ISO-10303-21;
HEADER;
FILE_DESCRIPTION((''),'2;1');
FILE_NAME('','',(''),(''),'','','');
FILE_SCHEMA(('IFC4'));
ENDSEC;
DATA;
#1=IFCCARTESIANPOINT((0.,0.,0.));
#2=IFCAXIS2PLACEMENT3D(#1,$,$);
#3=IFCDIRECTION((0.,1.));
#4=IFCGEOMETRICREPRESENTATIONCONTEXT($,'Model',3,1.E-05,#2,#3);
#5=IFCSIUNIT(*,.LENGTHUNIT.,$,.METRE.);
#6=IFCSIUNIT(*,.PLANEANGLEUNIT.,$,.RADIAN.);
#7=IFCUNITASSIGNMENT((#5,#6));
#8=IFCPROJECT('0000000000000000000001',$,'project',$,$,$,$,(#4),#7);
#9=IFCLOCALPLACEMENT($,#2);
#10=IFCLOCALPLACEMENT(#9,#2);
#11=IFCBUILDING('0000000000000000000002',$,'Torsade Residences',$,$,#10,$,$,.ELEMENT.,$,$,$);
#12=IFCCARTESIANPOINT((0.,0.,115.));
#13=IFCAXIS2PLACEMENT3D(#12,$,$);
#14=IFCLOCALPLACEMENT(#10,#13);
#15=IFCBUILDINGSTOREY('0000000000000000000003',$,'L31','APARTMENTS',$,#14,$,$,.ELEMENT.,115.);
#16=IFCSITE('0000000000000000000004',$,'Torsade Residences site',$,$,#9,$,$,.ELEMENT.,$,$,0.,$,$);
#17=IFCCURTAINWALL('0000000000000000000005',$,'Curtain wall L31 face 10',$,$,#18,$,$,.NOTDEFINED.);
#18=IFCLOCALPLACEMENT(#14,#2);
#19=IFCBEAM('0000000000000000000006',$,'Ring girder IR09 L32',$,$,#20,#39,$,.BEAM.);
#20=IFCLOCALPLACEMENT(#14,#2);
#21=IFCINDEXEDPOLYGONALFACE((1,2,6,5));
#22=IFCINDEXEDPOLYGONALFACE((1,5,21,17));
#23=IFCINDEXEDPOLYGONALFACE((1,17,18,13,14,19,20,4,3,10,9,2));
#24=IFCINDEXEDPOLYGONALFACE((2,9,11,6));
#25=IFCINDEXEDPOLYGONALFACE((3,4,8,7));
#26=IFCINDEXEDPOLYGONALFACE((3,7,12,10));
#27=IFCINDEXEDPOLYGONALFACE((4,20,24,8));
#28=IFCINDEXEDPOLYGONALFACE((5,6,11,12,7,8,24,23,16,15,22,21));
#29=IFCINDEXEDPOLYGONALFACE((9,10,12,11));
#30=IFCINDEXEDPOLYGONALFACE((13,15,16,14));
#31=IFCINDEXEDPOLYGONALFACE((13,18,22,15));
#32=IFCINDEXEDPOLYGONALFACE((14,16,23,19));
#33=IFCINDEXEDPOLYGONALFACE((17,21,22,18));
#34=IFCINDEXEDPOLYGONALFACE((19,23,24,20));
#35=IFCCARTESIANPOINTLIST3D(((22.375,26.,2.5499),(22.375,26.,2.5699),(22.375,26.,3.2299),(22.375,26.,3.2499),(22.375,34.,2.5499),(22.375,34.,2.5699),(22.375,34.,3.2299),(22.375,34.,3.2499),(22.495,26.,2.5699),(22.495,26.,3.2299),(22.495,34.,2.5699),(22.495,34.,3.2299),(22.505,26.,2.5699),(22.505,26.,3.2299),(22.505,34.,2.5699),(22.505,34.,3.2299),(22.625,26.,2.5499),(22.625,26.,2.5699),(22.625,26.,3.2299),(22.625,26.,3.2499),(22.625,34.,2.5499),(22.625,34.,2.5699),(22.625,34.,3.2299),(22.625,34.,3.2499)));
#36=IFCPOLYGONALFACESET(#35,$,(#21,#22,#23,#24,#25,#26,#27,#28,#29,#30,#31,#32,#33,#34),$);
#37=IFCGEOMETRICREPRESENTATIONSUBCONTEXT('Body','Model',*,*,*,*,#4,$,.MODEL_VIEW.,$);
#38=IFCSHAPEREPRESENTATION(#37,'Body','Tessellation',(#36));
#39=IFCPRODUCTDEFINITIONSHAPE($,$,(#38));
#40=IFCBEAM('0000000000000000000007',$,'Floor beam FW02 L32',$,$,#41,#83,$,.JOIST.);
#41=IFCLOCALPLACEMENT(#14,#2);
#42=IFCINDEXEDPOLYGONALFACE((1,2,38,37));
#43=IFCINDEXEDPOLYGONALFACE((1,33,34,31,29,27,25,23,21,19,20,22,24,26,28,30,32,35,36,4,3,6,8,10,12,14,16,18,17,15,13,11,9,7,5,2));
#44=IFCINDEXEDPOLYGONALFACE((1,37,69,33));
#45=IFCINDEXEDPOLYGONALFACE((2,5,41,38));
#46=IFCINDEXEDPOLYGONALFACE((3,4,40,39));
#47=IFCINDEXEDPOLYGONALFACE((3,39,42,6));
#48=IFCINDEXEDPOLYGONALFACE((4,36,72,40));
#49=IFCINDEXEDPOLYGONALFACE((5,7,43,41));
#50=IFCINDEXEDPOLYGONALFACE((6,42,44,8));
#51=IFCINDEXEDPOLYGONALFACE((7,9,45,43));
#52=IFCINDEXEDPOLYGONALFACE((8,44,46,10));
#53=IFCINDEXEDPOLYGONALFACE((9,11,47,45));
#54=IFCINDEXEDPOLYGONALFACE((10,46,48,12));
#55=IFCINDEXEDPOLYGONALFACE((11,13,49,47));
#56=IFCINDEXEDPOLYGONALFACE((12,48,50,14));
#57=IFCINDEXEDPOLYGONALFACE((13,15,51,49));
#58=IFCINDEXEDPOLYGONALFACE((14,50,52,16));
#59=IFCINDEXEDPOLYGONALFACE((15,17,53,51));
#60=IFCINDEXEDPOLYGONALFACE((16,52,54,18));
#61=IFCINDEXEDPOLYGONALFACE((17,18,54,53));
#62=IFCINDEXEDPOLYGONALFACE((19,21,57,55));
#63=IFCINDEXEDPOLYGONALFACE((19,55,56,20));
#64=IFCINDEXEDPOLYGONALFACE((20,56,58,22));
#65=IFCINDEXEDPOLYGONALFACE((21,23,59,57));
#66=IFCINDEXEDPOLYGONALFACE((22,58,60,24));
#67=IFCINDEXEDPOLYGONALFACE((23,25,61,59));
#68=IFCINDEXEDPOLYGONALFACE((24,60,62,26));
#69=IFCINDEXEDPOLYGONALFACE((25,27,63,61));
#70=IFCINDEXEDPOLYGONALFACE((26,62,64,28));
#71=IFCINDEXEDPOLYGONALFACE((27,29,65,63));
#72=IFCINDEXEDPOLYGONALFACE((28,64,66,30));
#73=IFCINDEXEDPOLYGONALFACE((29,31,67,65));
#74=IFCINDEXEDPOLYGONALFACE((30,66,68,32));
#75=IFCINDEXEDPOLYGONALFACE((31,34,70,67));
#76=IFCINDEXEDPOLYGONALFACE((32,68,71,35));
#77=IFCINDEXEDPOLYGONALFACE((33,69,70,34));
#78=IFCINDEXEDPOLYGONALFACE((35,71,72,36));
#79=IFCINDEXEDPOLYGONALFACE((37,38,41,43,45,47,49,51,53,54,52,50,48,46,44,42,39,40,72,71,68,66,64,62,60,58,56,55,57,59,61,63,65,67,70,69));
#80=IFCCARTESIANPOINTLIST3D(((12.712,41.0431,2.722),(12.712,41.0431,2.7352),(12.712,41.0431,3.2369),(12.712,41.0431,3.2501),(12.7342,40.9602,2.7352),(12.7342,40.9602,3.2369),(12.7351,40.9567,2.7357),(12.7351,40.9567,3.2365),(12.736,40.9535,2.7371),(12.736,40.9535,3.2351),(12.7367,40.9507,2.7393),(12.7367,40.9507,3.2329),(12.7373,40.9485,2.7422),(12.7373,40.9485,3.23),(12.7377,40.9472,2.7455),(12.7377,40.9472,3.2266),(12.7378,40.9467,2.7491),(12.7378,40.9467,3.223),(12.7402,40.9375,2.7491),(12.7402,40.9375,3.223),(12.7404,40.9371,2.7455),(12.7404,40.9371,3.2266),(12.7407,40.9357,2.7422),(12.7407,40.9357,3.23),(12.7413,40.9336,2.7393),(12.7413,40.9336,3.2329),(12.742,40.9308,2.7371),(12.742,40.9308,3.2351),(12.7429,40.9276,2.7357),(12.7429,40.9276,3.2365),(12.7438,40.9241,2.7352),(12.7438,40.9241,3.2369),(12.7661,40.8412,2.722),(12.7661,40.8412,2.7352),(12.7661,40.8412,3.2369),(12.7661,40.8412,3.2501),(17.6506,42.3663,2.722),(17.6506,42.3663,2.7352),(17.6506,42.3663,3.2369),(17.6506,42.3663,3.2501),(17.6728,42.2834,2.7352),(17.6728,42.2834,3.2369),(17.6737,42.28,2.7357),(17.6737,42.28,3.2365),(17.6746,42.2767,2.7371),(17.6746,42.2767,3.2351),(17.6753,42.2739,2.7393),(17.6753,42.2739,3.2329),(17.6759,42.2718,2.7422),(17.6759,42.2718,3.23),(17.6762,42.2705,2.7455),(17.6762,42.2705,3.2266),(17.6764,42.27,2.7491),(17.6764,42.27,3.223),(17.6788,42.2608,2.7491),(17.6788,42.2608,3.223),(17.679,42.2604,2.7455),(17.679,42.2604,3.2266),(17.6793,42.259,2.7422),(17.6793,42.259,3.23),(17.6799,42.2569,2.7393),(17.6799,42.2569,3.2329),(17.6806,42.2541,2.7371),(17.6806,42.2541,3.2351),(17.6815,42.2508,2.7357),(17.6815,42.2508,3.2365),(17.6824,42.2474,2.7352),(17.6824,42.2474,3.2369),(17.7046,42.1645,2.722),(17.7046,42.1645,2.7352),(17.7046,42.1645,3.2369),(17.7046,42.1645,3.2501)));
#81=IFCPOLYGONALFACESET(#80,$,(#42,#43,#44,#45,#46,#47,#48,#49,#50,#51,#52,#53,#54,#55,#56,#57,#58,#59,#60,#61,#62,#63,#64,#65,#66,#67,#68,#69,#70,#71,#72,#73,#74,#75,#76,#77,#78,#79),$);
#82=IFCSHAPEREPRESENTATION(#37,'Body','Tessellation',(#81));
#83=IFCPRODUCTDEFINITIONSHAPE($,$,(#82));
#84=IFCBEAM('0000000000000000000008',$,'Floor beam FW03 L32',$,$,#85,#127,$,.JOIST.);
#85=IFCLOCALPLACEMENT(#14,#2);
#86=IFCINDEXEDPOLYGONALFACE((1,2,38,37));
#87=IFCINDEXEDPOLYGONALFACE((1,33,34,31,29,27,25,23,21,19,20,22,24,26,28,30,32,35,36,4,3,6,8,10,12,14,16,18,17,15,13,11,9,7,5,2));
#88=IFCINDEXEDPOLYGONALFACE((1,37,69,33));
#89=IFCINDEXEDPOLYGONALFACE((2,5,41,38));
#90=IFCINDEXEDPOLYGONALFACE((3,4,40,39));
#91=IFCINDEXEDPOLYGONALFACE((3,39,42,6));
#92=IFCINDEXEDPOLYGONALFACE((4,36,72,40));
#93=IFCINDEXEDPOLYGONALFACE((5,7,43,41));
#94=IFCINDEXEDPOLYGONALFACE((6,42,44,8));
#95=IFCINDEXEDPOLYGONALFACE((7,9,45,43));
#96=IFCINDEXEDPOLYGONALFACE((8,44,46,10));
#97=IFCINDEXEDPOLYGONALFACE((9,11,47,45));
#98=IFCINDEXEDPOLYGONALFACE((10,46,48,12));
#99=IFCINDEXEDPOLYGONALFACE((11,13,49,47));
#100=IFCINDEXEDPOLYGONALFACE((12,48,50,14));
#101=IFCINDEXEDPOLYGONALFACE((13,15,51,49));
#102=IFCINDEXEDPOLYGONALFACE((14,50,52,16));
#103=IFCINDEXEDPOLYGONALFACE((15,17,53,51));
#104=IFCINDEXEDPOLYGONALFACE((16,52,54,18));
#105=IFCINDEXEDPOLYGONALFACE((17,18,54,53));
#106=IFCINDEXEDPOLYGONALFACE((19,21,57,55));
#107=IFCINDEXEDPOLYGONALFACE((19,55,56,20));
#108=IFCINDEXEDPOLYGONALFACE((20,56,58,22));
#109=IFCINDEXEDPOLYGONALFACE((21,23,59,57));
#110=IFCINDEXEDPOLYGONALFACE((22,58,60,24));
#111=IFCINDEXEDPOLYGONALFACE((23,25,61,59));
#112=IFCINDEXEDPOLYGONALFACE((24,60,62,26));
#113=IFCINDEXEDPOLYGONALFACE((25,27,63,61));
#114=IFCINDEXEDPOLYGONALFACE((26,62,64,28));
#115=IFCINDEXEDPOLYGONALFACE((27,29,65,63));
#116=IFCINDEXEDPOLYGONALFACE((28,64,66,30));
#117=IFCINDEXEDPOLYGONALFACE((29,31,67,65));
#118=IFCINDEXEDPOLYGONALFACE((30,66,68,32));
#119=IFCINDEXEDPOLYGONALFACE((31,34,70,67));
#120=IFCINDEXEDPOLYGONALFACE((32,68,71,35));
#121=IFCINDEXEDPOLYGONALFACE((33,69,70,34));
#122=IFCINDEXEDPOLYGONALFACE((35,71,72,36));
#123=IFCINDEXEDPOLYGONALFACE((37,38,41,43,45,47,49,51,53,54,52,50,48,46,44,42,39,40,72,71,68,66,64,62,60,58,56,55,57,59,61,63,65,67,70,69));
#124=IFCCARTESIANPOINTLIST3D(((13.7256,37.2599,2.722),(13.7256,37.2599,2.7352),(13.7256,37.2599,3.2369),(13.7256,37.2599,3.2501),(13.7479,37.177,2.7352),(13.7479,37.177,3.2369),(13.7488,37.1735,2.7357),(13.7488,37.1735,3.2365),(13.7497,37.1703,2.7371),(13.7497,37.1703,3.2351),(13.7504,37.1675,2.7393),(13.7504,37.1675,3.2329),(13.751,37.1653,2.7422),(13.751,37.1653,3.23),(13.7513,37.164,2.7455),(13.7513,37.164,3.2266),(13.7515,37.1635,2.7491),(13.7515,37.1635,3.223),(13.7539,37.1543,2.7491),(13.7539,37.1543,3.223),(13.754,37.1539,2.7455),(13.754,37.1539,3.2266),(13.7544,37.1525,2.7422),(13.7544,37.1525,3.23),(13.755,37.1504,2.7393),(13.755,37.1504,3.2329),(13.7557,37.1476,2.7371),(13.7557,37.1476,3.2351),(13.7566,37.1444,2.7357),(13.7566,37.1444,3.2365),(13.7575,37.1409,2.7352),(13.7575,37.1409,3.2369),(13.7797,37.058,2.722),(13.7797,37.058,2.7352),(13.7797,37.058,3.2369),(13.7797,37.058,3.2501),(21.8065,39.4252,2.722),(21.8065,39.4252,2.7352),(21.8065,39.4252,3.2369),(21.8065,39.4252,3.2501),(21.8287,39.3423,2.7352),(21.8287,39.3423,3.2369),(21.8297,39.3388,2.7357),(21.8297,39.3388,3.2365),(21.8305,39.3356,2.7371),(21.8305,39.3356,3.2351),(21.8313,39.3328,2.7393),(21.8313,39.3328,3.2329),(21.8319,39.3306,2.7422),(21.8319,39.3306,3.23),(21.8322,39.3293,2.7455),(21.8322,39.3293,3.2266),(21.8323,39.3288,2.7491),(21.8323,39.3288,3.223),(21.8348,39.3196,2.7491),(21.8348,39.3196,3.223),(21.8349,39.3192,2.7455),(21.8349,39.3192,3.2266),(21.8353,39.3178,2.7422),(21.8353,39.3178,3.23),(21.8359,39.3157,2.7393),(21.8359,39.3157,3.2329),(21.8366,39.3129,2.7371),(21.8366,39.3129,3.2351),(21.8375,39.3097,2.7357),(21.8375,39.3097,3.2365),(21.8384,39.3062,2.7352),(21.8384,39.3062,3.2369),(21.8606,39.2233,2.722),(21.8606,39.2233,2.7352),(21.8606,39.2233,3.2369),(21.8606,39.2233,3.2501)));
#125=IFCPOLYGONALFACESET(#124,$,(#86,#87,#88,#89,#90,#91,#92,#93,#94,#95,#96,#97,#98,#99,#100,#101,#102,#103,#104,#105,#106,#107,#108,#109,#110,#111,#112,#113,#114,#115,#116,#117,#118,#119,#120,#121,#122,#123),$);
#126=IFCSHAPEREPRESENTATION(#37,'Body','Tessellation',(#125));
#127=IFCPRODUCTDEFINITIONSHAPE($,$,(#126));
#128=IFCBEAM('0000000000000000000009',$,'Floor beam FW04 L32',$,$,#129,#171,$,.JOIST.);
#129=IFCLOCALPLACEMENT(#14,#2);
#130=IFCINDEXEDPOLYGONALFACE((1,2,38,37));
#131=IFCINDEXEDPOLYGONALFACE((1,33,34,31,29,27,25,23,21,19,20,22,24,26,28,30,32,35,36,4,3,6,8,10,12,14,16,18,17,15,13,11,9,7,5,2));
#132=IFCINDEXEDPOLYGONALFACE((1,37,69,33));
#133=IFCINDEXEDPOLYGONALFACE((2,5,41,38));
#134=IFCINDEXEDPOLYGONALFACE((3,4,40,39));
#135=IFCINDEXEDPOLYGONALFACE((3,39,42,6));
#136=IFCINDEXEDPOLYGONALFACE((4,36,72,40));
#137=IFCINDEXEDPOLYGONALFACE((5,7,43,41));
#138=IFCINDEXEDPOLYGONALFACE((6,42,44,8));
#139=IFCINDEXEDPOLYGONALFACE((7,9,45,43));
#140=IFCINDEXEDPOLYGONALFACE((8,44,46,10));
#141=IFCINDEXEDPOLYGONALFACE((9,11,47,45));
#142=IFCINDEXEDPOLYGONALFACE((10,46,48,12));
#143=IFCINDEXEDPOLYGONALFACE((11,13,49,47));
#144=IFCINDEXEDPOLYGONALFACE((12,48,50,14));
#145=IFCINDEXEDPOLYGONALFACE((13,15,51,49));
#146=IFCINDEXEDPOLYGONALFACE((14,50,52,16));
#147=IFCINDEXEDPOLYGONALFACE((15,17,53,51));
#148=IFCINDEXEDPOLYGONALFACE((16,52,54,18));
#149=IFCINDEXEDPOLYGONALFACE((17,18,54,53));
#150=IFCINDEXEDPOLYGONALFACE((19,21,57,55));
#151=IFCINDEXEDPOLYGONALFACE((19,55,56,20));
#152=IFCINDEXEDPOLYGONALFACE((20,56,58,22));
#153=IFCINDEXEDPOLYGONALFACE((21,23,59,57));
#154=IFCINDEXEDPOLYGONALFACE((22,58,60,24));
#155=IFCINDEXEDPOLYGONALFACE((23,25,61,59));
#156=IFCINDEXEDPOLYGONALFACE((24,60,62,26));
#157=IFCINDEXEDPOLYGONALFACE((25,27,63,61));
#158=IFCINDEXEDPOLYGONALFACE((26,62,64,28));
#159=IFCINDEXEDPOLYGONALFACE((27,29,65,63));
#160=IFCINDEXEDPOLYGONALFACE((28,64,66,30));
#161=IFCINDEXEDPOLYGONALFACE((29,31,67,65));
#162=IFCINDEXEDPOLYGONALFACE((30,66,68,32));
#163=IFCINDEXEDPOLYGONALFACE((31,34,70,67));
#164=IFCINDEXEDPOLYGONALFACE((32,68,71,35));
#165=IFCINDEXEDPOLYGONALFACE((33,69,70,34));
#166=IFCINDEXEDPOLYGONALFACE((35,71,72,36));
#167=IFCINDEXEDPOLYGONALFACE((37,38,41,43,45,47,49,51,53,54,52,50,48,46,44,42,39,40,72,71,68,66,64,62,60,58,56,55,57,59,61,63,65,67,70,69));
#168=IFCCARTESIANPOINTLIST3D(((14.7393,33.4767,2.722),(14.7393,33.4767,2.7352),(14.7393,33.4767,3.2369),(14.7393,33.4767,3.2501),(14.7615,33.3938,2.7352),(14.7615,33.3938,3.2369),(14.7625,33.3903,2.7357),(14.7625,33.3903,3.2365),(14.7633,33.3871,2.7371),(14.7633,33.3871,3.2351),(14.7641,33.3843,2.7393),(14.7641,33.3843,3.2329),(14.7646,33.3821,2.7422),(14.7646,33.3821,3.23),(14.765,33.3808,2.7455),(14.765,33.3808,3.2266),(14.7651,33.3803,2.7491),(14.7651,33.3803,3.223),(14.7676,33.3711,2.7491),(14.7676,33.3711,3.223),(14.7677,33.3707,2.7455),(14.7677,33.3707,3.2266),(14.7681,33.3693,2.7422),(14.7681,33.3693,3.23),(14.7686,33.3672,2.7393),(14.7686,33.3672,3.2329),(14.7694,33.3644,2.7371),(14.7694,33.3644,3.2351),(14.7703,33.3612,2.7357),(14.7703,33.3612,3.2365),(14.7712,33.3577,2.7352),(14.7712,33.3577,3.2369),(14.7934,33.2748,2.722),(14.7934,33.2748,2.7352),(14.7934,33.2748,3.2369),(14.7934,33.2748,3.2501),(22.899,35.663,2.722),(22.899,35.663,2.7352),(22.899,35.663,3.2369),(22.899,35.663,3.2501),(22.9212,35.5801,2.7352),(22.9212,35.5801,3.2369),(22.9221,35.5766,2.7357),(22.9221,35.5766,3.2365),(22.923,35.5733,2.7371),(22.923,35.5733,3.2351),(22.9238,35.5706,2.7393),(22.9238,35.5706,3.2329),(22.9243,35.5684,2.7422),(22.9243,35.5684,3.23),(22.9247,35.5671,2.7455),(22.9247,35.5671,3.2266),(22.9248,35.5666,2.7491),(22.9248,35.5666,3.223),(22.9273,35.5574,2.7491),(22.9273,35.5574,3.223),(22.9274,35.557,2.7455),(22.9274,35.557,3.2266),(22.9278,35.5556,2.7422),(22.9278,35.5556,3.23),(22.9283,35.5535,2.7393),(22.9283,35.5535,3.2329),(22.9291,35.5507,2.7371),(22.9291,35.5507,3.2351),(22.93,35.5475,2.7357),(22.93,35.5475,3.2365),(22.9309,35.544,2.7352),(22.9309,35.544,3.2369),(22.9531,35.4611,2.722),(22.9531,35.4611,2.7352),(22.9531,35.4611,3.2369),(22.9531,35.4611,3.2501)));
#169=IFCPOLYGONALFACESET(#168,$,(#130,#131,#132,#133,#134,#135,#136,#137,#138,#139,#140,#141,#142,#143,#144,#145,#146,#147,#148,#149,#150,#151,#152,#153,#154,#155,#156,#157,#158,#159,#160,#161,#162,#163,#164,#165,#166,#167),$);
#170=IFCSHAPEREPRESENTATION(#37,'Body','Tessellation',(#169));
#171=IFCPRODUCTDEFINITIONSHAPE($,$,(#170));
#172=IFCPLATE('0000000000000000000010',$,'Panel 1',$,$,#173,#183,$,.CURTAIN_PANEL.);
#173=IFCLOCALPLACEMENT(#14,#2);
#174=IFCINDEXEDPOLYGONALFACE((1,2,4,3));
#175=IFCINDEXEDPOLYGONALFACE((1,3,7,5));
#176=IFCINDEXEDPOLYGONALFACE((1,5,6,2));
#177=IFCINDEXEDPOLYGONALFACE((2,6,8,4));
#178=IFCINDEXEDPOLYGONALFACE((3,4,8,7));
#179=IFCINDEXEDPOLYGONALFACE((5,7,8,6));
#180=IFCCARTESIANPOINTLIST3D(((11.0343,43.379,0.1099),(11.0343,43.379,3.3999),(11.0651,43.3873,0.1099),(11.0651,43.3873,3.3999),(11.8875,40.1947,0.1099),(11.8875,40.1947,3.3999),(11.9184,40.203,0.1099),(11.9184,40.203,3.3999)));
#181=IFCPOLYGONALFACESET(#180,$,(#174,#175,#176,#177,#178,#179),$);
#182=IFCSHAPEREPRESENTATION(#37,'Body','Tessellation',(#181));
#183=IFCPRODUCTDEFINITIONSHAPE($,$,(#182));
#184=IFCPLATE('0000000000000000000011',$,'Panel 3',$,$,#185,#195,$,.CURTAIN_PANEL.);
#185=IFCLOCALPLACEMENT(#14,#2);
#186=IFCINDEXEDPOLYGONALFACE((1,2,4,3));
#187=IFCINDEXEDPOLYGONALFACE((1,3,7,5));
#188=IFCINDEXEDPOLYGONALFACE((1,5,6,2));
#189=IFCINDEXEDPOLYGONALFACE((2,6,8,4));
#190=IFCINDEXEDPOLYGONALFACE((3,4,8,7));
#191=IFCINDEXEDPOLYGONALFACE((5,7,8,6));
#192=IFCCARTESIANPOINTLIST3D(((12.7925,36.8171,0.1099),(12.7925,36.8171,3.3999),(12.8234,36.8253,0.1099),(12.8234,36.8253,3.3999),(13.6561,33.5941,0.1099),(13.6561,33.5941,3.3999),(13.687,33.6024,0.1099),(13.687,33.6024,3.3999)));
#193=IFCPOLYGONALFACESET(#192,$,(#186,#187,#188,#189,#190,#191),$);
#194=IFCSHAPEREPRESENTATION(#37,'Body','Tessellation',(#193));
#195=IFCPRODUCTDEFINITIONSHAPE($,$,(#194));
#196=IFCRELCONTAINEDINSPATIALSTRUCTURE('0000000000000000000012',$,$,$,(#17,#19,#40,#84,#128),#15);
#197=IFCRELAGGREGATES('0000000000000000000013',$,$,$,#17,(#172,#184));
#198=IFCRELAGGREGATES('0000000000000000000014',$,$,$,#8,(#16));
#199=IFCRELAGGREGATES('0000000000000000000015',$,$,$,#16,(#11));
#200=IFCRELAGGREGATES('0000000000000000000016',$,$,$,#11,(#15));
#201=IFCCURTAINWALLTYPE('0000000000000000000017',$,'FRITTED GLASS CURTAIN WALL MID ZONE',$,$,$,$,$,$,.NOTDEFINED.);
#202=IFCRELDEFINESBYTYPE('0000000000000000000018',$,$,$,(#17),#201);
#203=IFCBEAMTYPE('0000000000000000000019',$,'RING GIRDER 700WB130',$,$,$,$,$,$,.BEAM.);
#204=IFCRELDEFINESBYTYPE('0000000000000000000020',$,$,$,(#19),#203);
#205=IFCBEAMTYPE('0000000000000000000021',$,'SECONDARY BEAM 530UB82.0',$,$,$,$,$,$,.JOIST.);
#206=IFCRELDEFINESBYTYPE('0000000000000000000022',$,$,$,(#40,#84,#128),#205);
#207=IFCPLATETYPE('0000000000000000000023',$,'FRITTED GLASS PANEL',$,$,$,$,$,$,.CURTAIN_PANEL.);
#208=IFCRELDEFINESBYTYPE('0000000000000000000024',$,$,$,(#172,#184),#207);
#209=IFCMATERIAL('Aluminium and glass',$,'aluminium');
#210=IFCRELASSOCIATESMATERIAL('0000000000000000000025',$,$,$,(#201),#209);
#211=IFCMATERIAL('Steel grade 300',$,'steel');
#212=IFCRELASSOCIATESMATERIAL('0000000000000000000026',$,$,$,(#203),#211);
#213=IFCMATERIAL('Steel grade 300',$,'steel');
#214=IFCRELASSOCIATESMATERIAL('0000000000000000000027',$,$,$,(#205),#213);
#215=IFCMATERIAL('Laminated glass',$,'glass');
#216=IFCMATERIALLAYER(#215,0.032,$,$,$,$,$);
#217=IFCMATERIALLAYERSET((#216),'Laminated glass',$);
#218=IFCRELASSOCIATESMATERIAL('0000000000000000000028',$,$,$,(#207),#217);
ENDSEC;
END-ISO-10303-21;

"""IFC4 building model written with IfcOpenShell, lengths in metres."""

from ifc_helpers import new_model, si_unit, direction, frame, origin, origin_2d, place, context, subcontext, project, spatial, rectangle, i_section, extrude, material, layer, layer_set, material_profile, profile_set, type_object, element, aggregate, save


model = new_model("IFC4")

# Units and contexts
model_context = context("Model", 3, precision=1e-05, world=origin(), true_north=direction((0.0, 1.0)))
body_context = subcontext(model_context, "Body", "Model", "MODEL_VIEW")
ifc_project = project(units=[si_unit("LENGTHUNIT", "METRE"), si_unit("PLANEANGLEUNIT", "RADIAN")], contexts=[model_context])

# Site, building, storey
site_placement = place(None, origin())
site = spatial("IfcSite", under=ifc_project, at=site_placement, Name="Torsade Residences site", CompositionType="ELEMENT", RefElevation=0.0)
building_placement = place(site_placement, origin())
building = spatial("IfcBuilding", under=site, at=building_placement, Name="Torsade Residences", CompositionType="ELEMENT")
storey_placement = place(building_placement, frame((0.0, 0.0, 115.0)))
storey = spatial("IfcBuildingStorey", under=building, at=storey_placement, Name="L31", Description="APARTMENTS", CompositionType="ELEMENT", Elevation=115.0)

# Curtain wall
ifc_material_1 = material(Name="Aluminium and glass", Category="aluminium")
curtain_wall_type = type_object("IfcCurtainWallType", Name="FRITTED GLASS CURTAIN WALL MID ZONE", PredefinedType="NOTDEFINED", material=ifc_material_1)
curtain_wall_placement = place(storey_placement, origin())
curtain_wall = element("IfcCurtainWall", 1, at=curtain_wall_placement, inside=storey, type_object=curtain_wall_type, Name="Curtain wall L31 face 10", PredefinedType="NOTDEFINED")

# Beams
ifc_material_2 = material(Name="Steel grade 300", Category="steel")
ifc_material_profile_1 = material_profile(ifc_material_2, i_section(OverallWidth=0.25, OverallDepth=0.7, WebThickness=0.01, FlangeThickness=0.02, at=origin_2d()), Name="700WB130")
ifc_profile_set_1 = profile_set([ifc_material_profile_1], Name="Steel grade 300")
beam_type_1 = type_object("IfcBeamType", Name="RING GIRDER 700WB130", PredefinedType="BEAM", material=ifc_profile_set_1)
beam_1_placement = place(storey_placement, frame((22.5, 34.0, 2.8999), z_axis=(0.0, -1.0, 0.0), x_axis=(1.0, 0.0, 0.0)))
element("IfcBeam", 2, at=beam_1_placement, inside=storey, type_object=beam_type_1, Name="Ring girder IR09 L32", PredefinedType="BEAM", context=body_context, shape_type="SweptSolid", body=[
    extrude(i_section(OverallWidth=0.25, OverallDepth=0.7, WebThickness=0.01, FlangeThickness=0.02, at=origin_2d()), origin(), (0.0, 0.0, 1.0), 8.0),
])
ifc_material_3 = material(Name="Steel grade 300", Category="steel")
ifc_material_profile_2 = material_profile(ifc_material_3, i_section(OverallWidth=0.209, OverallDepth=0.5281, WebThickness=0.0095, FlangeThickness=0.0132, FilletRadius=0.0139, at=origin_2d()), Name="530UB82.0")
ifc_profile_set_2 = profile_set([ifc_material_profile_2], Name="Steel grade 300")
beam_type_2 = type_object("IfcBeamType", Name="SECONDARY BEAM 530UB82.0", PredefinedType="JOIST", material=ifc_profile_set_2)
beam_2_placement = place(storey_placement, frame((12.739, 40.9421, 2.9861), z_axis=(0.965927, 0.258816, 0.0), x_axis=(-0.258816, 0.965927, 0.0)))
element("IfcBeam", 3, at=beam_2_placement, inside=storey, type_object=beam_type_2, Name="Floor beam FW02 L32", PredefinedType="JOIST", context=body_context, shape_type="SweptSolid", body=[
    extrude(i_section(OverallWidth=0.209, OverallDepth=0.5281, WebThickness=0.0095, FlangeThickness=0.0132, FilletRadius=0.0139, at=origin_2d()), origin(), (0.0, 0.0, 1.0), 5.1128),
])
beam_3_placement = place(storey_placement, frame((13.7527, 37.1589, 2.9861), z_axis=(0.965925, 0.258823, 0.0), x_axis=(-0.258823, 0.965925, 0.0)))
element("IfcBeam", 4, at=beam_3_placement, inside=storey, type_object=beam_type_2, Name="Floor beam FW03 L32", PredefinedType="JOIST", context=body_context, shape_type="SweptSolid", body=[
    extrude(i_section(OverallWidth=0.209, OverallDepth=0.5281, WebThickness=0.0095, FlangeThickness=0.0132, FilletRadius=0.0139, at=origin_2d()), origin(), (0.0, 0.0, 1.0), 8.366),
])
beam_4_placement = place(storey_placement, frame((14.7664, 33.3757, 2.9861), z_axis=(0.965929, 0.258808, 0.0), x_axis=(-0.258808, 0.965929, 0.0)))
element("IfcBeam", 5, at=beam_4_placement, inside=storey, type_object=beam_type_2, Name="Floor beam FW04 L32", PredefinedType="JOIST", context=body_context, shape_type="SweptSolid", body=[
    extrude(i_section(OverallWidth=0.209, OverallDepth=0.5281, WebThickness=0.0095, FlangeThickness=0.0132, FilletRadius=0.0139, at=origin_2d()), origin(), (0.0, 0.0, 1.0), 8.4475),
])

# Plates
ifc_material_4 = material(Name="Laminated glass", Category="glass")
ifc_layer_1 = layer(ifc_material_4, 0.032)
ifc_layer_set_1 = layer_set([ifc_layer_1], Name="Laminated glass")
plate_type_1 = type_object("IfcPlateType", Name="FRITTED GLASS PANEL", PredefinedType="CURTAIN_PANEL", material=ifc_layer_set_1)
plate_1_placement = place(storey_placement, frame((11.4763, 41.791, 0.1099), z_axis=(0.0, 0.0, 1.0), x_axis=(0.258819, -0.965926, 0.0)))
plate_1 = element("IfcPlate", 6, at=plate_1_placement, type_object=plate_type_1, Name="Panel 1", PredefinedType="CURTAIN_PANEL", context=body_context, shape_type="SweptSolid", body=[
    extrude(rectangle(XDim=3.2966, YDim=0.032, at=origin_2d()), origin(), (0.0, 0.0, 1.0), 3.29),
])
plate_2_placement = place(storey_placement, frame((13.2397, 35.2097, 0.1099), z_axis=(0.0, 0.0, 1.0), x_axis=(0.258819, -0.965926, 0.0)))
plate_2 = element("IfcPlate", 7, at=plate_2_placement, type_object=plate_type_1, Name="Panel 3", PredefinedType="CURTAIN_PANEL", context=body_context, shape_type="SweptSolid", body=[
    extrude(rectangle(XDim=3.3367, YDim=0.032, at=origin_2d()), origin(), (0.0, 0.0, 1.0), 3.29),
])
aggregate(curtain_wall, [plate_1, plate_2])

save(model, "model.ifc")
